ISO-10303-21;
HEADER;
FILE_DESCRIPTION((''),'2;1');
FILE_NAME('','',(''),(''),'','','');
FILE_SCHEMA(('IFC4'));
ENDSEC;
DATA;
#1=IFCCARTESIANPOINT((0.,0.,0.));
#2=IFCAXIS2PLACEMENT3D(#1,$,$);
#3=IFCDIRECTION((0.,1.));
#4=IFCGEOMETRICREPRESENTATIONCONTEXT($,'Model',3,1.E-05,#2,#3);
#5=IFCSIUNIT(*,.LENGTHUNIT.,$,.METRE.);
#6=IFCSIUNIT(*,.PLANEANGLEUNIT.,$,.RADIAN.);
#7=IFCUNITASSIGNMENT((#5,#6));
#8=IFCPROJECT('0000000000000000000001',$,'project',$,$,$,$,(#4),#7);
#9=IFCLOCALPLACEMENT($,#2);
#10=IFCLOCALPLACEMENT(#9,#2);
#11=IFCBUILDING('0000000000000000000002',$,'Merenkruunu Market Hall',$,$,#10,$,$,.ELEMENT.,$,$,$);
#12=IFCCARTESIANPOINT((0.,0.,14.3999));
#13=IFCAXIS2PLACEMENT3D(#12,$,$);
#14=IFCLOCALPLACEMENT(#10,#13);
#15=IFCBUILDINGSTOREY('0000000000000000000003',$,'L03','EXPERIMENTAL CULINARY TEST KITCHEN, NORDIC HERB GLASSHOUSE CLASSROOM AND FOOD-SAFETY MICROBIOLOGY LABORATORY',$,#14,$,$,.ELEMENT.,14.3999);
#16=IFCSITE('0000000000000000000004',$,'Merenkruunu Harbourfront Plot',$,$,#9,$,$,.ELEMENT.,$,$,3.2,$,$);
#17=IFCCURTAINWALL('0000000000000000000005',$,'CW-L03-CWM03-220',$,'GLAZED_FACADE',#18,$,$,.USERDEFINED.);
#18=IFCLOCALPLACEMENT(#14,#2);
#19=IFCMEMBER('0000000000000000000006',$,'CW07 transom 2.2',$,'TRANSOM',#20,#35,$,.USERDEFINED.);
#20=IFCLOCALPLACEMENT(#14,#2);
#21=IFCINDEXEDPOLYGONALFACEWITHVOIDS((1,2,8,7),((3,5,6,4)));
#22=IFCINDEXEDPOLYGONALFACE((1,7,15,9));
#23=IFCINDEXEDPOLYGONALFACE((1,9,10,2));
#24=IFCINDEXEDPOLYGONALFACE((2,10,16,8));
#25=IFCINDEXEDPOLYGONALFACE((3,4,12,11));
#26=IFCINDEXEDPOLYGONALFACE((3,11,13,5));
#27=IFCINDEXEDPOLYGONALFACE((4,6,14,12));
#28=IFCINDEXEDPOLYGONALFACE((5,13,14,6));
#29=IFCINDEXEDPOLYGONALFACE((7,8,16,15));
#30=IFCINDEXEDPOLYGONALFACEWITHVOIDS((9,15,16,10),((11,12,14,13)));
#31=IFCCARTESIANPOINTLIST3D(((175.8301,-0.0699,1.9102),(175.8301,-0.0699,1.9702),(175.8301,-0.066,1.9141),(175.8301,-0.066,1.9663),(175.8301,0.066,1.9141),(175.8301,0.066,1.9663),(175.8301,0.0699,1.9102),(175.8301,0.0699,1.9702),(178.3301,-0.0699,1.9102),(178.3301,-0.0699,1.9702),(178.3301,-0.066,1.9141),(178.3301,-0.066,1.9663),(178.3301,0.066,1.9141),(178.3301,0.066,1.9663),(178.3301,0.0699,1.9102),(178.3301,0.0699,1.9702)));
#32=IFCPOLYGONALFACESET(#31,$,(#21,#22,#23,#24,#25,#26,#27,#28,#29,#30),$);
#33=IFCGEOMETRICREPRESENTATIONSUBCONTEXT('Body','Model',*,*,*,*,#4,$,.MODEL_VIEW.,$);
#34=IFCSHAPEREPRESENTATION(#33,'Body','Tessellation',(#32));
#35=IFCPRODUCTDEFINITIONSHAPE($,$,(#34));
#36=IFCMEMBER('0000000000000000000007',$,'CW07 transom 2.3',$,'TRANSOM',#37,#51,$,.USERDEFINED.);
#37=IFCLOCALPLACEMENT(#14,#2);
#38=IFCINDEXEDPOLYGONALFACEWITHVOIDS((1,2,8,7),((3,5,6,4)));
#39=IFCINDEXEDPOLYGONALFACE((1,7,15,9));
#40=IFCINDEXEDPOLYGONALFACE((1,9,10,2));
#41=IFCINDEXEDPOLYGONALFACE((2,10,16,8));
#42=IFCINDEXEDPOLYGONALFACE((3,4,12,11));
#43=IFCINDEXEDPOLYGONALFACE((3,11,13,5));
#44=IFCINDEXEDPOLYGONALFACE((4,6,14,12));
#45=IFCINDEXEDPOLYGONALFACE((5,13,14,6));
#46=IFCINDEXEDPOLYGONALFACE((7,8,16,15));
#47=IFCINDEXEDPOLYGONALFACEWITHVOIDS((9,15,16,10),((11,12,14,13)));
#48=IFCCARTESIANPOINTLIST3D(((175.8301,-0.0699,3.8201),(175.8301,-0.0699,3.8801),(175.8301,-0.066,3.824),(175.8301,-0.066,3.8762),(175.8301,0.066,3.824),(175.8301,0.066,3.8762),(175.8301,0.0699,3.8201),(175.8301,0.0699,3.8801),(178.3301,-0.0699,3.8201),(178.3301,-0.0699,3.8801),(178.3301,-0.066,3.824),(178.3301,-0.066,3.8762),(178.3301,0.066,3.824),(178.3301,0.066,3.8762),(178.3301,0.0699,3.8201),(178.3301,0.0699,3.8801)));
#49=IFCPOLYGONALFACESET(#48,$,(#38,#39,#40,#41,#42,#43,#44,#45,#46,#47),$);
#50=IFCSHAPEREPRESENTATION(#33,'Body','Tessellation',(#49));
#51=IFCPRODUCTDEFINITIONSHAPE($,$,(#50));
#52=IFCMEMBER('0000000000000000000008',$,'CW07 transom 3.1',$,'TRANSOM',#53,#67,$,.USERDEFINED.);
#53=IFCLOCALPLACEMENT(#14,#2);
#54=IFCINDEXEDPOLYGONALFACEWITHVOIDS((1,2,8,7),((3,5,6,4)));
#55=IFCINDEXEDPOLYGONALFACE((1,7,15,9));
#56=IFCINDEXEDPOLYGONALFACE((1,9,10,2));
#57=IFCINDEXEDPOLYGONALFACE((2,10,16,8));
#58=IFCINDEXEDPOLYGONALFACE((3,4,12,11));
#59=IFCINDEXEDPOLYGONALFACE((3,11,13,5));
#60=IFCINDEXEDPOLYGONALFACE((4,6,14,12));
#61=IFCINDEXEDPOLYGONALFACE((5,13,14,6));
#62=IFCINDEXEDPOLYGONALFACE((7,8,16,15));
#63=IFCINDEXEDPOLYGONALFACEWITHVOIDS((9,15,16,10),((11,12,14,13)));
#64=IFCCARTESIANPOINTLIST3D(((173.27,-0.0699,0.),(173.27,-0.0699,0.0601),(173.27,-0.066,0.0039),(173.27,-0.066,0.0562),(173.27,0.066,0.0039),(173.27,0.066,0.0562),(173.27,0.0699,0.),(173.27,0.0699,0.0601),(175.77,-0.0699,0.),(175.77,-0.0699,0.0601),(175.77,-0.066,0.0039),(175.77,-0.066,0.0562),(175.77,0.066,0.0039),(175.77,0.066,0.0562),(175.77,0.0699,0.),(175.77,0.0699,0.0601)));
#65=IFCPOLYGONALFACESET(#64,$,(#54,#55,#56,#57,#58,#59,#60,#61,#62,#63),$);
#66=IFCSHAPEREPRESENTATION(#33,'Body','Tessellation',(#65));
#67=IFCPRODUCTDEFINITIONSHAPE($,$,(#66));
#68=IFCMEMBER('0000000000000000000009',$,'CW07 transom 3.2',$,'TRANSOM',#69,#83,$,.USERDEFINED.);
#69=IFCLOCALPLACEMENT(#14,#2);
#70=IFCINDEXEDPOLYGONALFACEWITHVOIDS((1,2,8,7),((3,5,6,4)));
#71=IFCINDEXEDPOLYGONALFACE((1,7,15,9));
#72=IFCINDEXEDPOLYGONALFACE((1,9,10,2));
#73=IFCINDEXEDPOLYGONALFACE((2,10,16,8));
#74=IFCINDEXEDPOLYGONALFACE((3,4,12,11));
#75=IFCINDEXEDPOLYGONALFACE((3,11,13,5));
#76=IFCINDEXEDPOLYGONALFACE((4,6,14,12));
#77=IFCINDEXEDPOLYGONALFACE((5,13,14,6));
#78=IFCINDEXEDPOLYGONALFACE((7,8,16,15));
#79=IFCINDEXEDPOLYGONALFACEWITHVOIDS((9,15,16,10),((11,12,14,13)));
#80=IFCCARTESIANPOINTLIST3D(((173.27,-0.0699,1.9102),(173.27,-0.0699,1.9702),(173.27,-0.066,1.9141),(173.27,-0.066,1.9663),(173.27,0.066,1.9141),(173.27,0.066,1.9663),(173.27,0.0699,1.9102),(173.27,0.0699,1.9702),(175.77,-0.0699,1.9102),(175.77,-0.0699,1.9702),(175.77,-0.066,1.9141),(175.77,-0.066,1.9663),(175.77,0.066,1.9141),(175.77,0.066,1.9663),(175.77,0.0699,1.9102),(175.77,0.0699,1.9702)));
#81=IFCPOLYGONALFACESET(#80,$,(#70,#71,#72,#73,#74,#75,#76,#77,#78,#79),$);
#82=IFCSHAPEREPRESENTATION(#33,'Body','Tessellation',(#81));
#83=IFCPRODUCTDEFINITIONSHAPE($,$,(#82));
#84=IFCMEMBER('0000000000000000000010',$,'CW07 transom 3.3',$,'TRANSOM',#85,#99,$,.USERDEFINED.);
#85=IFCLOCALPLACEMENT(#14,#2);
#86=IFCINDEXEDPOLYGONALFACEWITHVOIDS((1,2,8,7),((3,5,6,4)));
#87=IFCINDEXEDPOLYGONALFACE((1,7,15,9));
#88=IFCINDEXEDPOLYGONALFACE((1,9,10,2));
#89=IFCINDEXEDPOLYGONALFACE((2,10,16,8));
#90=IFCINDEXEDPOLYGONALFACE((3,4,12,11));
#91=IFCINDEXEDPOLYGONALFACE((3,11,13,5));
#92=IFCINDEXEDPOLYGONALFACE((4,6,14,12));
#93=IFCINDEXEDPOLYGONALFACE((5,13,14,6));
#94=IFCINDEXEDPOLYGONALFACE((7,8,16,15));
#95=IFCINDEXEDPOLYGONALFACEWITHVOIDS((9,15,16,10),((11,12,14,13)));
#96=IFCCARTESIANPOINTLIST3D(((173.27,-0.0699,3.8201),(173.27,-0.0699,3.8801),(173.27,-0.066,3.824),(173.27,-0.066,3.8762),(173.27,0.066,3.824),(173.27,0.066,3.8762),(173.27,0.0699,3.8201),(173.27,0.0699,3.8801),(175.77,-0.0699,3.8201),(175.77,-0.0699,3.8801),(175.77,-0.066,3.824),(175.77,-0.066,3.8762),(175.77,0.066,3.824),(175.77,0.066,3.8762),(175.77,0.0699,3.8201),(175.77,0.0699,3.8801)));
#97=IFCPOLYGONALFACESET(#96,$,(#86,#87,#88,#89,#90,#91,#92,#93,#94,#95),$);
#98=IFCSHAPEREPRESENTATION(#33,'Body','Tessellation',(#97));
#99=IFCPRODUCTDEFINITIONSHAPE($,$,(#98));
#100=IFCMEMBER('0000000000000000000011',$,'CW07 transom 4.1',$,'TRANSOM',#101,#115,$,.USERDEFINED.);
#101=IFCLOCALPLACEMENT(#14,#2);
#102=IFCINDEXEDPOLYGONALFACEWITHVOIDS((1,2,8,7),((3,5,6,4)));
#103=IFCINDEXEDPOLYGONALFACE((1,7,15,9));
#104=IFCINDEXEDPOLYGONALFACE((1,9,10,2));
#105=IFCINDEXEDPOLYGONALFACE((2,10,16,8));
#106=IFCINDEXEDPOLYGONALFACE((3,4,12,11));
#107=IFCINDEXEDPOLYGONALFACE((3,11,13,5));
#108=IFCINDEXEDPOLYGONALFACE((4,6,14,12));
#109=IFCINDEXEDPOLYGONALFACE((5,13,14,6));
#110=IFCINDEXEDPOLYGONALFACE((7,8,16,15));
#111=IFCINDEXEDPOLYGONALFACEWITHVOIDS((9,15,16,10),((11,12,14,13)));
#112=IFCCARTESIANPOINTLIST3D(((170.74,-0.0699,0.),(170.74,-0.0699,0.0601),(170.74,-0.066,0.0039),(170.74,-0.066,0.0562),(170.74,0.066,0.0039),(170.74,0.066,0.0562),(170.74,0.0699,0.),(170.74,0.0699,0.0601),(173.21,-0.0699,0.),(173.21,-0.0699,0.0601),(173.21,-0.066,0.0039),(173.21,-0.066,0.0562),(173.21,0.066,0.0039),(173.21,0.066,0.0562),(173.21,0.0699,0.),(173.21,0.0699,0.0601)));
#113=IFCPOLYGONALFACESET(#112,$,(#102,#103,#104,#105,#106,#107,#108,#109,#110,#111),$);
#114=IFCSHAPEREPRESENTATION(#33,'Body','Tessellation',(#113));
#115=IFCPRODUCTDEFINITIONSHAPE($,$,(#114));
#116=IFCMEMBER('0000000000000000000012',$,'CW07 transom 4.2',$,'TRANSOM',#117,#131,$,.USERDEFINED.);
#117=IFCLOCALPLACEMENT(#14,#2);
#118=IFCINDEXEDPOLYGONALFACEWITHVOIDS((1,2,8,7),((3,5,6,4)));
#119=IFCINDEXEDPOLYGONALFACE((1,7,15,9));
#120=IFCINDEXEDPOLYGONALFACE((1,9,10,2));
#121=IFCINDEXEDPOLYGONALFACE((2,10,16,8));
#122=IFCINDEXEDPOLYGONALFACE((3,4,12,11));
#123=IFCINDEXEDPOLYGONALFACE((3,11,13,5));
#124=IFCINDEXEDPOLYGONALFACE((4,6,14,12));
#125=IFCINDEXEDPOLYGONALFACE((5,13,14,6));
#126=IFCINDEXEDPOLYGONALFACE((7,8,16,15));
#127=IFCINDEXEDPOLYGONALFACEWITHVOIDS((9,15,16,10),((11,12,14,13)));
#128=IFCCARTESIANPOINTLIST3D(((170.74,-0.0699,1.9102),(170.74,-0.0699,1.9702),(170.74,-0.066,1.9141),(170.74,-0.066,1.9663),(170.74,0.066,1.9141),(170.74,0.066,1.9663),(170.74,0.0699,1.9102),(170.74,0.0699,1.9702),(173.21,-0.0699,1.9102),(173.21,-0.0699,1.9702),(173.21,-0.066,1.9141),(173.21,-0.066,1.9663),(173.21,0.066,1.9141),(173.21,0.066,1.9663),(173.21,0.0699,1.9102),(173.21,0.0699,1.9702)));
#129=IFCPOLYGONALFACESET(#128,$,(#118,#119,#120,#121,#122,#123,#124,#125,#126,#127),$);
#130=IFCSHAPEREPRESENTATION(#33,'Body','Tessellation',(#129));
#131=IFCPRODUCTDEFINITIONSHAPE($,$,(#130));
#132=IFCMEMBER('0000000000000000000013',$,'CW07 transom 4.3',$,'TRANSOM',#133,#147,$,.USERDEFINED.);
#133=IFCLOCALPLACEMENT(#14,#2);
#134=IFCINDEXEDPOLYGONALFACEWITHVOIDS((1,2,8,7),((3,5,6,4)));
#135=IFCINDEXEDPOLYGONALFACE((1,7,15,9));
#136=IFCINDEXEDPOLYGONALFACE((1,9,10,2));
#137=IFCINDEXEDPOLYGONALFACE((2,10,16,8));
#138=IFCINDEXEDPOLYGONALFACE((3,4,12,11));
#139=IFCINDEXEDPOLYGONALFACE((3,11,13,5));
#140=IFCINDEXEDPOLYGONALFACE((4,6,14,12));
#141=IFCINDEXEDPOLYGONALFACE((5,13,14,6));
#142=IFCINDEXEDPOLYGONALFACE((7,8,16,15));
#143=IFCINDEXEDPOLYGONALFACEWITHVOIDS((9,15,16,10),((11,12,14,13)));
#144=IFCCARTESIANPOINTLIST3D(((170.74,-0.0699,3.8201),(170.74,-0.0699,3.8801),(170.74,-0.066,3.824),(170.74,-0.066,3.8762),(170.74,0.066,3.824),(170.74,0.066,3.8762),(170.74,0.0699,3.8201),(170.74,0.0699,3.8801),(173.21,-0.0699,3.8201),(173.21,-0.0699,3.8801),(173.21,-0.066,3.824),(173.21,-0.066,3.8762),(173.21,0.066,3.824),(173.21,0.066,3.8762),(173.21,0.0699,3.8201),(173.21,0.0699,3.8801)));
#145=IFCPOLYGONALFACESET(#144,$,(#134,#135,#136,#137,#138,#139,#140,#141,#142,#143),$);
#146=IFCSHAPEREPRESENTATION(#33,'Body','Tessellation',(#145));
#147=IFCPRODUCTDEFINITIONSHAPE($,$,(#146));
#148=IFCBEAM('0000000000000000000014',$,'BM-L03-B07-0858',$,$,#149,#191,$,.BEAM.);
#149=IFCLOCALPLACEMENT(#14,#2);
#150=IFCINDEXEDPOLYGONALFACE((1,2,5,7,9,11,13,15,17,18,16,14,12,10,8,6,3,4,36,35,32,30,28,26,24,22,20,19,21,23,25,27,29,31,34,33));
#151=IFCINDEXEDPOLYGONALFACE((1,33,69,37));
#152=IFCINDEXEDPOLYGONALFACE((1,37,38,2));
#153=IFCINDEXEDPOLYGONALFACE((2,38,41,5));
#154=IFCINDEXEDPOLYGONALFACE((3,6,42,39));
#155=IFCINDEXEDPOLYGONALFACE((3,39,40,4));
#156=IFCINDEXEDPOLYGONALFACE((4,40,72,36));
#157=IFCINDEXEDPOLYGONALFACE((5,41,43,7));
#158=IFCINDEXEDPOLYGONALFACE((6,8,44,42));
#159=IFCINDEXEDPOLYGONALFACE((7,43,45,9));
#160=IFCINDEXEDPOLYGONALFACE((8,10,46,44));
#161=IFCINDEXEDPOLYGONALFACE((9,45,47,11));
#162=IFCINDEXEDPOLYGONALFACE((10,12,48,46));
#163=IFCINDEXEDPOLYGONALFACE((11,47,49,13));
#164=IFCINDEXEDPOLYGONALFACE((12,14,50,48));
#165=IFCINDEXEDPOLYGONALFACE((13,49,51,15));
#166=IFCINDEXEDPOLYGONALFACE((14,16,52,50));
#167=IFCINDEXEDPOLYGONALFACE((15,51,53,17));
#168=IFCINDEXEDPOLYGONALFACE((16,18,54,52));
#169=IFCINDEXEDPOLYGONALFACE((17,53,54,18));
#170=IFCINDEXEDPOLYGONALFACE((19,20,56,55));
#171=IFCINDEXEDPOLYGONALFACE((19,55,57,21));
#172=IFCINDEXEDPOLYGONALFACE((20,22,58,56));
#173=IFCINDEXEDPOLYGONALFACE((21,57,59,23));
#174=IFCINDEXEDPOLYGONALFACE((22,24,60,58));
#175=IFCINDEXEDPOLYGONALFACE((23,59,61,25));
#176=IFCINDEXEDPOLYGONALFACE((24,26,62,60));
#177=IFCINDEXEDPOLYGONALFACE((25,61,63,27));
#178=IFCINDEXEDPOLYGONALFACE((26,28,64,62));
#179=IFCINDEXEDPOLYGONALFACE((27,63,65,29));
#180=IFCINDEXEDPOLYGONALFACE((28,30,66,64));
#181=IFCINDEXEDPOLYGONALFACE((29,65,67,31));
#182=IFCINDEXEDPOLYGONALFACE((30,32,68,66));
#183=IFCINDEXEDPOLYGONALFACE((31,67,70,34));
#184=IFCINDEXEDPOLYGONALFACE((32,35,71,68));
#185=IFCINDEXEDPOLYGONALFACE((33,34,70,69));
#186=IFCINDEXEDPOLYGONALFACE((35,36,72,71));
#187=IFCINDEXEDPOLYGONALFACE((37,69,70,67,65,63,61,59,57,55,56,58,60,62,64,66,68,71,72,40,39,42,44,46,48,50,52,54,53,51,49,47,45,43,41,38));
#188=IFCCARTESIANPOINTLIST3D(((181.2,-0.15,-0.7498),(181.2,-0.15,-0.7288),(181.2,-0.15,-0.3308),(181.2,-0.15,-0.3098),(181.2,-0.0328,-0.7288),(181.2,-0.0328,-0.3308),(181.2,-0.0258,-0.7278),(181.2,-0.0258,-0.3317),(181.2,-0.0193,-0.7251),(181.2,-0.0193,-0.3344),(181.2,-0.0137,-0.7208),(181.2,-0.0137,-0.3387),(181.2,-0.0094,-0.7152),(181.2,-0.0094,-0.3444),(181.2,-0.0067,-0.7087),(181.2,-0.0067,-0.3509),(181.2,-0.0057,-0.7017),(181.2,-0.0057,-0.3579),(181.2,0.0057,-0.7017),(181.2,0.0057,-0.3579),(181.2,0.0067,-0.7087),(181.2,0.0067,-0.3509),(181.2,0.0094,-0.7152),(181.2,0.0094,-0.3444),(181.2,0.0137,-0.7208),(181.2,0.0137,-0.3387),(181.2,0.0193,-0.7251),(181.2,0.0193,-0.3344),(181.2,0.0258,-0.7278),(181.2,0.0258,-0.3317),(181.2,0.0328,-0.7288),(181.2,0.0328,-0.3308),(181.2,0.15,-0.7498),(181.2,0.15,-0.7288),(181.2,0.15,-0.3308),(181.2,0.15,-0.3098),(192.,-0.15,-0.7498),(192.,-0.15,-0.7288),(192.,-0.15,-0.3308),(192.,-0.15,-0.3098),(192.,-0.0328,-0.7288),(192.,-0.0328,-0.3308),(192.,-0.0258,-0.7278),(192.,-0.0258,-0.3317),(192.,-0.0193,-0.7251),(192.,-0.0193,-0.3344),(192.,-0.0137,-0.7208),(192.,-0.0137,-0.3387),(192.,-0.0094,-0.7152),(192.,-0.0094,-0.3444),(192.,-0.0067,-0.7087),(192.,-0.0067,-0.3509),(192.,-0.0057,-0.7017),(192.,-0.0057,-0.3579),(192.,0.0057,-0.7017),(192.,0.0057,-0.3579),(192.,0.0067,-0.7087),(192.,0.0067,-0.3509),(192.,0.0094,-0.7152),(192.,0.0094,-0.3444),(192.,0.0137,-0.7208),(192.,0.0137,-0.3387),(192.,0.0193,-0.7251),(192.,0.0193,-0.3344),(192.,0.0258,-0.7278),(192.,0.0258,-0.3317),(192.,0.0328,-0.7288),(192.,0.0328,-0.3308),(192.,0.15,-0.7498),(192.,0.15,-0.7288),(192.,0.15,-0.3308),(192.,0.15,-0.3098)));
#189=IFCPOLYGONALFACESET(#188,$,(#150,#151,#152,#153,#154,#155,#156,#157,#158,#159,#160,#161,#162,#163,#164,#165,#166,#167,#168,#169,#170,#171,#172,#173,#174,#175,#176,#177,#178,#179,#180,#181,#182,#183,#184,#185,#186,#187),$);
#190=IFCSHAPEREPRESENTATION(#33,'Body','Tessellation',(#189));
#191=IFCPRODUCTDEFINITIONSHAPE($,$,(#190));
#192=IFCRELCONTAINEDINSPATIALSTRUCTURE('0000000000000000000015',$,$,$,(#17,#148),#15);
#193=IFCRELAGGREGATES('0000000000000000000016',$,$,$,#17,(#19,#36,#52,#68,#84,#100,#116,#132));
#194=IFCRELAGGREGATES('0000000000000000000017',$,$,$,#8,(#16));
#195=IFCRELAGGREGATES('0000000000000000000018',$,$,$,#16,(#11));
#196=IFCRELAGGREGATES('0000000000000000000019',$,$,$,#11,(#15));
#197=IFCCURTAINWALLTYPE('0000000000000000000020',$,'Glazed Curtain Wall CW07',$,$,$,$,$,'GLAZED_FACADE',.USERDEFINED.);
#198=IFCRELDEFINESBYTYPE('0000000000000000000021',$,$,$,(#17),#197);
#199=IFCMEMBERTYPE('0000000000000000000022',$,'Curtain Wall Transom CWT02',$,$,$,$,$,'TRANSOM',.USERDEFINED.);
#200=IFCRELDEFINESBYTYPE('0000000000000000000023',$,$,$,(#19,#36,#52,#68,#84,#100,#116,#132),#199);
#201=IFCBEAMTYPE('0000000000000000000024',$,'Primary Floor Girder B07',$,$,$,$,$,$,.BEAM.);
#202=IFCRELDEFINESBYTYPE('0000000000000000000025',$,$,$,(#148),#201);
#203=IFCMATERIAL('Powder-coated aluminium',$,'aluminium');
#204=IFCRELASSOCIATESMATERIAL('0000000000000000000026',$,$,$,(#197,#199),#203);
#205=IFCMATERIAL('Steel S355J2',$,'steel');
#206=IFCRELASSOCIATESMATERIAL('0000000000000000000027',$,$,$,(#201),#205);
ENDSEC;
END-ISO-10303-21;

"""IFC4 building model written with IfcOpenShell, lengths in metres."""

from ifc_helpers import new_model, si_unit, direction, frame, origin, origin_2d, place, context, subcontext, project, spatial, hollow_rectangle, i_section, extrude, material, material_profile, profile_set, type_object, element, aggregate, save


model = new_model("IFC4")

# Units and contexts
model_context = context("Model", 3, precision=1e-05, world=origin(), true_north=direction((0.0, 1.0)))
body_context = subcontext(model_context, "Body", "Model", "MODEL_VIEW")
ifc_project = project(units=[si_unit("LENGTHUNIT", "METRE"), si_unit("PLANEANGLEUNIT", "RADIAN")], contexts=[model_context])

# Site, building, storey
site_placement = place(None, origin())
site = spatial("IfcSite", under=ifc_project, at=site_placement, Name="Merenkruunu Harbourfront Plot", CompositionType="ELEMENT", RefElevation=3.2)
building_placement = place(site_placement, origin())
building = spatial("IfcBuilding", under=site, at=building_placement, Name="Merenkruunu Market Hall", CompositionType="ELEMENT")
storey_placement = place(building_placement, frame((0.0, 0.0, 14.3999)))
storey = spatial("IfcBuildingStorey", under=building, at=storey_placement, Name="L03", Description="EXPERIMENTAL CULINARY TEST KITCHEN, NORDIC HERB GLASSHOUSE CLASSROOM AND FOOD-SAFETY MICROBIOLOGY LABORATORY", CompositionType="ELEMENT", Elevation=14.3999)

# Shared definitions
ifc_material_1 = material(Name="Steel S355J2", Category="steel")

# Curtain wall, members
ifc_material_2 = material(Name="Powder-coated aluminium", Category="aluminium")
curtain_wall_type = type_object("IfcCurtainWallType", Name="Glazed Curtain Wall CW07", ElementType="GLAZED_FACADE", PredefinedType="USERDEFINED", material=ifc_material_2)
curtain_wall_placement = place(storey_placement, origin())
curtain_wall = element("IfcCurtainWall", 1, at=curtain_wall_placement, inside=storey, type_object=curtain_wall_type, Name="CW-L03-CWM03-220", ObjectType="GLAZED_FACADE", PredefinedType="USERDEFINED")
ifc_material_profile_1 = material_profile(ifc_material_2, hollow_rectangle(XDim=0.0601, YDim=0.1399, WallThickness=0.0039, at=origin_2d()), Name="ALU 60x140x4")
ifc_profile_set_1 = profile_set([ifc_material_profile_1], Name="Powder-coated aluminium")
member_type_1 = type_object("IfcMemberType", Name="Curtain Wall Transom CWT02", ElementType="TRANSOM", PredefinedType="USERDEFINED", material=ifc_profile_set_1)
member_1_placement = place(storey_placement, frame((178.3301, 0.0, 1.9402), z_axis=(-1.0, 0.0, 0.0), x_axis=(0.0, 0.0, 1.0)))
member_1 = element("IfcMember", 2, at=member_1_placement, type_object=member_type_1, Name="CW07 transom 2.2", ObjectType="TRANSOM", PredefinedType="USERDEFINED", context=body_context, shape_type="SweptSolid", body=[
    extrude(hollow_rectangle(XDim=0.0601, YDim=0.1399, WallThickness=0.0039, at=origin_2d()), origin(), (0.0, 0.0, 1.0), 2.5),
])
member_2_placement = place(storey_placement, frame((178.3301, 0.0, 3.8501), z_axis=(-1.0, 0.0, 0.0), x_axis=(0.0, 0.0, 1.0)))
member_2 = element("IfcMember", 3, at=member_2_placement, type_object=member_type_1, Name="CW07 transom 2.3", ObjectType="TRANSOM", PredefinedType="USERDEFINED", context=body_context, shape_type="SweptSolid", body=[
    extrude(hollow_rectangle(XDim=0.0601, YDim=0.1399, WallThickness=0.0039, at=origin_2d()), origin(), (0.0, 0.0, 1.0), 2.5),
])
member_3_placement = place(storey_placement, frame((175.77, 0.0, 0.03), z_axis=(-1.0, 0.0, 0.0), x_axis=(0.0, 0.0, 1.0)))
member_3 = element("IfcMember", 4, at=member_3_placement, type_object=member_type_1, Name="CW07 transom 3.1", ObjectType="TRANSOM", PredefinedType="USERDEFINED", context=body_context, shape_type="SweptSolid", body=[
    extrude(hollow_rectangle(XDim=0.0601, YDim=0.1399, WallThickness=0.0039, at=origin_2d()), origin(), (0.0, 0.0, 1.0), 2.5),
])
member_4_placement = place(storey_placement, frame((175.77, 0.0, 1.9402), z_axis=(-1.0, 0.0, 0.0), x_axis=(0.0, 0.0, 1.0)))
member_4 = element("IfcMember", 5, at=member_4_placement, type_object=member_type_1, Name="CW07 transom 3.2", ObjectType="TRANSOM", PredefinedType="USERDEFINED", context=body_context, shape_type="SweptSolid", body=[
    extrude(hollow_rectangle(XDim=0.0601, YDim=0.1399, WallThickness=0.0039, at=origin_2d()), origin(), (0.0, 0.0, 1.0), 2.5),
])
member_5_placement = place(storey_placement, frame((175.77, 0.0, 3.8501), z_axis=(-1.0, 0.0, 0.0), x_axis=(0.0, 0.0, 1.0)))
member_5 = element("IfcMember", 6, at=member_5_placement, type_object=member_type_1, Name="CW07 transom 3.3", ObjectType="TRANSOM", PredefinedType="USERDEFINED", context=body_context, shape_type="SweptSolid", body=[
    extrude(hollow_rectangle(XDim=0.0601, YDim=0.1399, WallThickness=0.0039, at=origin_2d()), origin(), (0.0, 0.0, 1.0), 2.5),
])
member_6_placement = place(storey_placement, frame((173.21, 0.0, 0.03), z_axis=(-1.0, 0.0, 0.0), x_axis=(0.0, 0.0, 1.0)))
member_6 = element("IfcMember", 7, at=member_6_placement, type_object=member_type_1, Name="CW07 transom 4.1", ObjectType="TRANSOM", PredefinedType="USERDEFINED", context=body_context, shape_type="SweptSolid", body=[
    extrude(hollow_rectangle(XDim=0.0601, YDim=0.1399, WallThickness=0.0039, at=origin_2d()), origin(), (0.0, 0.0, 1.0), 2.47),
])
member_7_placement = place(storey_placement, frame((173.21, 0.0, 1.9402), z_axis=(-1.0, 0.0, 0.0), x_axis=(0.0, 0.0, 1.0)))
member_7 = element("IfcMember", 8, at=member_7_placement, type_object=member_type_1, Name="CW07 transom 4.2", ObjectType="TRANSOM", PredefinedType="USERDEFINED", context=body_context, shape_type="SweptSolid", body=[
    extrude(hollow_rectangle(XDim=0.0601, YDim=0.1399, WallThickness=0.0039, at=origin_2d()), origin(), (0.0, 0.0, 1.0), 2.47),
])
member_8_placement = place(storey_placement, frame((173.21, 0.0, 3.8501), z_axis=(-1.0, 0.0, 0.0), x_axis=(0.0, 0.0, 1.0)))
member_8 = element("IfcMember", 9, at=member_8_placement, type_object=member_type_1, Name="CW07 transom 4.3", ObjectType="TRANSOM", PredefinedType="USERDEFINED", context=body_context, shape_type="SweptSolid", body=[
    extrude(hollow_rectangle(XDim=0.0601, YDim=0.1399, WallThickness=0.0039, at=origin_2d()), origin(), (0.0, 0.0, 1.0), 2.47),
])

# Beam
ifc_material_profile_2 = material_profile(ifc_material_1, i_section(OverallWidth=0.3, OverallDepth=0.4399, WebThickness=0.0115, FlangeThickness=0.021, FilletRadius=0.0271, at=origin_2d()), Name="HEA 450")
ifc_profile_set_2 = profile_set([ifc_material_profile_2], Name="Steel S355J2")
beam_type_1 = type_object("IfcBeamType", Name="Primary Floor Girder B07", PredefinedType="BEAM", material=ifc_profile_set_2)
beam_1_placement = place(storey_placement, frame((181.2, 0.0, -0.5298), z_axis=(1.0, 0.0, 0.0), x_axis=(0.0, 1.0, 0.0)))
element("IfcBeam", 10, at=beam_1_placement, inside=storey, type_object=beam_type_1, Name="BM-L03-B07-0858", PredefinedType="BEAM", context=body_context, shape_type="SweptSolid", body=[
    extrude(i_section(OverallWidth=0.3, OverallDepth=0.4399, WebThickness=0.0115, FlangeThickness=0.021, FilletRadius=0.0271, at=origin_2d()), origin(), (0.0, 0.0, 1.0), 10.8),
])

aggregate(curtain_wall, [member_1, member_2, member_3, member_4, member_5, member_6, member_7, member_8])

save(model, "model.ifc")
